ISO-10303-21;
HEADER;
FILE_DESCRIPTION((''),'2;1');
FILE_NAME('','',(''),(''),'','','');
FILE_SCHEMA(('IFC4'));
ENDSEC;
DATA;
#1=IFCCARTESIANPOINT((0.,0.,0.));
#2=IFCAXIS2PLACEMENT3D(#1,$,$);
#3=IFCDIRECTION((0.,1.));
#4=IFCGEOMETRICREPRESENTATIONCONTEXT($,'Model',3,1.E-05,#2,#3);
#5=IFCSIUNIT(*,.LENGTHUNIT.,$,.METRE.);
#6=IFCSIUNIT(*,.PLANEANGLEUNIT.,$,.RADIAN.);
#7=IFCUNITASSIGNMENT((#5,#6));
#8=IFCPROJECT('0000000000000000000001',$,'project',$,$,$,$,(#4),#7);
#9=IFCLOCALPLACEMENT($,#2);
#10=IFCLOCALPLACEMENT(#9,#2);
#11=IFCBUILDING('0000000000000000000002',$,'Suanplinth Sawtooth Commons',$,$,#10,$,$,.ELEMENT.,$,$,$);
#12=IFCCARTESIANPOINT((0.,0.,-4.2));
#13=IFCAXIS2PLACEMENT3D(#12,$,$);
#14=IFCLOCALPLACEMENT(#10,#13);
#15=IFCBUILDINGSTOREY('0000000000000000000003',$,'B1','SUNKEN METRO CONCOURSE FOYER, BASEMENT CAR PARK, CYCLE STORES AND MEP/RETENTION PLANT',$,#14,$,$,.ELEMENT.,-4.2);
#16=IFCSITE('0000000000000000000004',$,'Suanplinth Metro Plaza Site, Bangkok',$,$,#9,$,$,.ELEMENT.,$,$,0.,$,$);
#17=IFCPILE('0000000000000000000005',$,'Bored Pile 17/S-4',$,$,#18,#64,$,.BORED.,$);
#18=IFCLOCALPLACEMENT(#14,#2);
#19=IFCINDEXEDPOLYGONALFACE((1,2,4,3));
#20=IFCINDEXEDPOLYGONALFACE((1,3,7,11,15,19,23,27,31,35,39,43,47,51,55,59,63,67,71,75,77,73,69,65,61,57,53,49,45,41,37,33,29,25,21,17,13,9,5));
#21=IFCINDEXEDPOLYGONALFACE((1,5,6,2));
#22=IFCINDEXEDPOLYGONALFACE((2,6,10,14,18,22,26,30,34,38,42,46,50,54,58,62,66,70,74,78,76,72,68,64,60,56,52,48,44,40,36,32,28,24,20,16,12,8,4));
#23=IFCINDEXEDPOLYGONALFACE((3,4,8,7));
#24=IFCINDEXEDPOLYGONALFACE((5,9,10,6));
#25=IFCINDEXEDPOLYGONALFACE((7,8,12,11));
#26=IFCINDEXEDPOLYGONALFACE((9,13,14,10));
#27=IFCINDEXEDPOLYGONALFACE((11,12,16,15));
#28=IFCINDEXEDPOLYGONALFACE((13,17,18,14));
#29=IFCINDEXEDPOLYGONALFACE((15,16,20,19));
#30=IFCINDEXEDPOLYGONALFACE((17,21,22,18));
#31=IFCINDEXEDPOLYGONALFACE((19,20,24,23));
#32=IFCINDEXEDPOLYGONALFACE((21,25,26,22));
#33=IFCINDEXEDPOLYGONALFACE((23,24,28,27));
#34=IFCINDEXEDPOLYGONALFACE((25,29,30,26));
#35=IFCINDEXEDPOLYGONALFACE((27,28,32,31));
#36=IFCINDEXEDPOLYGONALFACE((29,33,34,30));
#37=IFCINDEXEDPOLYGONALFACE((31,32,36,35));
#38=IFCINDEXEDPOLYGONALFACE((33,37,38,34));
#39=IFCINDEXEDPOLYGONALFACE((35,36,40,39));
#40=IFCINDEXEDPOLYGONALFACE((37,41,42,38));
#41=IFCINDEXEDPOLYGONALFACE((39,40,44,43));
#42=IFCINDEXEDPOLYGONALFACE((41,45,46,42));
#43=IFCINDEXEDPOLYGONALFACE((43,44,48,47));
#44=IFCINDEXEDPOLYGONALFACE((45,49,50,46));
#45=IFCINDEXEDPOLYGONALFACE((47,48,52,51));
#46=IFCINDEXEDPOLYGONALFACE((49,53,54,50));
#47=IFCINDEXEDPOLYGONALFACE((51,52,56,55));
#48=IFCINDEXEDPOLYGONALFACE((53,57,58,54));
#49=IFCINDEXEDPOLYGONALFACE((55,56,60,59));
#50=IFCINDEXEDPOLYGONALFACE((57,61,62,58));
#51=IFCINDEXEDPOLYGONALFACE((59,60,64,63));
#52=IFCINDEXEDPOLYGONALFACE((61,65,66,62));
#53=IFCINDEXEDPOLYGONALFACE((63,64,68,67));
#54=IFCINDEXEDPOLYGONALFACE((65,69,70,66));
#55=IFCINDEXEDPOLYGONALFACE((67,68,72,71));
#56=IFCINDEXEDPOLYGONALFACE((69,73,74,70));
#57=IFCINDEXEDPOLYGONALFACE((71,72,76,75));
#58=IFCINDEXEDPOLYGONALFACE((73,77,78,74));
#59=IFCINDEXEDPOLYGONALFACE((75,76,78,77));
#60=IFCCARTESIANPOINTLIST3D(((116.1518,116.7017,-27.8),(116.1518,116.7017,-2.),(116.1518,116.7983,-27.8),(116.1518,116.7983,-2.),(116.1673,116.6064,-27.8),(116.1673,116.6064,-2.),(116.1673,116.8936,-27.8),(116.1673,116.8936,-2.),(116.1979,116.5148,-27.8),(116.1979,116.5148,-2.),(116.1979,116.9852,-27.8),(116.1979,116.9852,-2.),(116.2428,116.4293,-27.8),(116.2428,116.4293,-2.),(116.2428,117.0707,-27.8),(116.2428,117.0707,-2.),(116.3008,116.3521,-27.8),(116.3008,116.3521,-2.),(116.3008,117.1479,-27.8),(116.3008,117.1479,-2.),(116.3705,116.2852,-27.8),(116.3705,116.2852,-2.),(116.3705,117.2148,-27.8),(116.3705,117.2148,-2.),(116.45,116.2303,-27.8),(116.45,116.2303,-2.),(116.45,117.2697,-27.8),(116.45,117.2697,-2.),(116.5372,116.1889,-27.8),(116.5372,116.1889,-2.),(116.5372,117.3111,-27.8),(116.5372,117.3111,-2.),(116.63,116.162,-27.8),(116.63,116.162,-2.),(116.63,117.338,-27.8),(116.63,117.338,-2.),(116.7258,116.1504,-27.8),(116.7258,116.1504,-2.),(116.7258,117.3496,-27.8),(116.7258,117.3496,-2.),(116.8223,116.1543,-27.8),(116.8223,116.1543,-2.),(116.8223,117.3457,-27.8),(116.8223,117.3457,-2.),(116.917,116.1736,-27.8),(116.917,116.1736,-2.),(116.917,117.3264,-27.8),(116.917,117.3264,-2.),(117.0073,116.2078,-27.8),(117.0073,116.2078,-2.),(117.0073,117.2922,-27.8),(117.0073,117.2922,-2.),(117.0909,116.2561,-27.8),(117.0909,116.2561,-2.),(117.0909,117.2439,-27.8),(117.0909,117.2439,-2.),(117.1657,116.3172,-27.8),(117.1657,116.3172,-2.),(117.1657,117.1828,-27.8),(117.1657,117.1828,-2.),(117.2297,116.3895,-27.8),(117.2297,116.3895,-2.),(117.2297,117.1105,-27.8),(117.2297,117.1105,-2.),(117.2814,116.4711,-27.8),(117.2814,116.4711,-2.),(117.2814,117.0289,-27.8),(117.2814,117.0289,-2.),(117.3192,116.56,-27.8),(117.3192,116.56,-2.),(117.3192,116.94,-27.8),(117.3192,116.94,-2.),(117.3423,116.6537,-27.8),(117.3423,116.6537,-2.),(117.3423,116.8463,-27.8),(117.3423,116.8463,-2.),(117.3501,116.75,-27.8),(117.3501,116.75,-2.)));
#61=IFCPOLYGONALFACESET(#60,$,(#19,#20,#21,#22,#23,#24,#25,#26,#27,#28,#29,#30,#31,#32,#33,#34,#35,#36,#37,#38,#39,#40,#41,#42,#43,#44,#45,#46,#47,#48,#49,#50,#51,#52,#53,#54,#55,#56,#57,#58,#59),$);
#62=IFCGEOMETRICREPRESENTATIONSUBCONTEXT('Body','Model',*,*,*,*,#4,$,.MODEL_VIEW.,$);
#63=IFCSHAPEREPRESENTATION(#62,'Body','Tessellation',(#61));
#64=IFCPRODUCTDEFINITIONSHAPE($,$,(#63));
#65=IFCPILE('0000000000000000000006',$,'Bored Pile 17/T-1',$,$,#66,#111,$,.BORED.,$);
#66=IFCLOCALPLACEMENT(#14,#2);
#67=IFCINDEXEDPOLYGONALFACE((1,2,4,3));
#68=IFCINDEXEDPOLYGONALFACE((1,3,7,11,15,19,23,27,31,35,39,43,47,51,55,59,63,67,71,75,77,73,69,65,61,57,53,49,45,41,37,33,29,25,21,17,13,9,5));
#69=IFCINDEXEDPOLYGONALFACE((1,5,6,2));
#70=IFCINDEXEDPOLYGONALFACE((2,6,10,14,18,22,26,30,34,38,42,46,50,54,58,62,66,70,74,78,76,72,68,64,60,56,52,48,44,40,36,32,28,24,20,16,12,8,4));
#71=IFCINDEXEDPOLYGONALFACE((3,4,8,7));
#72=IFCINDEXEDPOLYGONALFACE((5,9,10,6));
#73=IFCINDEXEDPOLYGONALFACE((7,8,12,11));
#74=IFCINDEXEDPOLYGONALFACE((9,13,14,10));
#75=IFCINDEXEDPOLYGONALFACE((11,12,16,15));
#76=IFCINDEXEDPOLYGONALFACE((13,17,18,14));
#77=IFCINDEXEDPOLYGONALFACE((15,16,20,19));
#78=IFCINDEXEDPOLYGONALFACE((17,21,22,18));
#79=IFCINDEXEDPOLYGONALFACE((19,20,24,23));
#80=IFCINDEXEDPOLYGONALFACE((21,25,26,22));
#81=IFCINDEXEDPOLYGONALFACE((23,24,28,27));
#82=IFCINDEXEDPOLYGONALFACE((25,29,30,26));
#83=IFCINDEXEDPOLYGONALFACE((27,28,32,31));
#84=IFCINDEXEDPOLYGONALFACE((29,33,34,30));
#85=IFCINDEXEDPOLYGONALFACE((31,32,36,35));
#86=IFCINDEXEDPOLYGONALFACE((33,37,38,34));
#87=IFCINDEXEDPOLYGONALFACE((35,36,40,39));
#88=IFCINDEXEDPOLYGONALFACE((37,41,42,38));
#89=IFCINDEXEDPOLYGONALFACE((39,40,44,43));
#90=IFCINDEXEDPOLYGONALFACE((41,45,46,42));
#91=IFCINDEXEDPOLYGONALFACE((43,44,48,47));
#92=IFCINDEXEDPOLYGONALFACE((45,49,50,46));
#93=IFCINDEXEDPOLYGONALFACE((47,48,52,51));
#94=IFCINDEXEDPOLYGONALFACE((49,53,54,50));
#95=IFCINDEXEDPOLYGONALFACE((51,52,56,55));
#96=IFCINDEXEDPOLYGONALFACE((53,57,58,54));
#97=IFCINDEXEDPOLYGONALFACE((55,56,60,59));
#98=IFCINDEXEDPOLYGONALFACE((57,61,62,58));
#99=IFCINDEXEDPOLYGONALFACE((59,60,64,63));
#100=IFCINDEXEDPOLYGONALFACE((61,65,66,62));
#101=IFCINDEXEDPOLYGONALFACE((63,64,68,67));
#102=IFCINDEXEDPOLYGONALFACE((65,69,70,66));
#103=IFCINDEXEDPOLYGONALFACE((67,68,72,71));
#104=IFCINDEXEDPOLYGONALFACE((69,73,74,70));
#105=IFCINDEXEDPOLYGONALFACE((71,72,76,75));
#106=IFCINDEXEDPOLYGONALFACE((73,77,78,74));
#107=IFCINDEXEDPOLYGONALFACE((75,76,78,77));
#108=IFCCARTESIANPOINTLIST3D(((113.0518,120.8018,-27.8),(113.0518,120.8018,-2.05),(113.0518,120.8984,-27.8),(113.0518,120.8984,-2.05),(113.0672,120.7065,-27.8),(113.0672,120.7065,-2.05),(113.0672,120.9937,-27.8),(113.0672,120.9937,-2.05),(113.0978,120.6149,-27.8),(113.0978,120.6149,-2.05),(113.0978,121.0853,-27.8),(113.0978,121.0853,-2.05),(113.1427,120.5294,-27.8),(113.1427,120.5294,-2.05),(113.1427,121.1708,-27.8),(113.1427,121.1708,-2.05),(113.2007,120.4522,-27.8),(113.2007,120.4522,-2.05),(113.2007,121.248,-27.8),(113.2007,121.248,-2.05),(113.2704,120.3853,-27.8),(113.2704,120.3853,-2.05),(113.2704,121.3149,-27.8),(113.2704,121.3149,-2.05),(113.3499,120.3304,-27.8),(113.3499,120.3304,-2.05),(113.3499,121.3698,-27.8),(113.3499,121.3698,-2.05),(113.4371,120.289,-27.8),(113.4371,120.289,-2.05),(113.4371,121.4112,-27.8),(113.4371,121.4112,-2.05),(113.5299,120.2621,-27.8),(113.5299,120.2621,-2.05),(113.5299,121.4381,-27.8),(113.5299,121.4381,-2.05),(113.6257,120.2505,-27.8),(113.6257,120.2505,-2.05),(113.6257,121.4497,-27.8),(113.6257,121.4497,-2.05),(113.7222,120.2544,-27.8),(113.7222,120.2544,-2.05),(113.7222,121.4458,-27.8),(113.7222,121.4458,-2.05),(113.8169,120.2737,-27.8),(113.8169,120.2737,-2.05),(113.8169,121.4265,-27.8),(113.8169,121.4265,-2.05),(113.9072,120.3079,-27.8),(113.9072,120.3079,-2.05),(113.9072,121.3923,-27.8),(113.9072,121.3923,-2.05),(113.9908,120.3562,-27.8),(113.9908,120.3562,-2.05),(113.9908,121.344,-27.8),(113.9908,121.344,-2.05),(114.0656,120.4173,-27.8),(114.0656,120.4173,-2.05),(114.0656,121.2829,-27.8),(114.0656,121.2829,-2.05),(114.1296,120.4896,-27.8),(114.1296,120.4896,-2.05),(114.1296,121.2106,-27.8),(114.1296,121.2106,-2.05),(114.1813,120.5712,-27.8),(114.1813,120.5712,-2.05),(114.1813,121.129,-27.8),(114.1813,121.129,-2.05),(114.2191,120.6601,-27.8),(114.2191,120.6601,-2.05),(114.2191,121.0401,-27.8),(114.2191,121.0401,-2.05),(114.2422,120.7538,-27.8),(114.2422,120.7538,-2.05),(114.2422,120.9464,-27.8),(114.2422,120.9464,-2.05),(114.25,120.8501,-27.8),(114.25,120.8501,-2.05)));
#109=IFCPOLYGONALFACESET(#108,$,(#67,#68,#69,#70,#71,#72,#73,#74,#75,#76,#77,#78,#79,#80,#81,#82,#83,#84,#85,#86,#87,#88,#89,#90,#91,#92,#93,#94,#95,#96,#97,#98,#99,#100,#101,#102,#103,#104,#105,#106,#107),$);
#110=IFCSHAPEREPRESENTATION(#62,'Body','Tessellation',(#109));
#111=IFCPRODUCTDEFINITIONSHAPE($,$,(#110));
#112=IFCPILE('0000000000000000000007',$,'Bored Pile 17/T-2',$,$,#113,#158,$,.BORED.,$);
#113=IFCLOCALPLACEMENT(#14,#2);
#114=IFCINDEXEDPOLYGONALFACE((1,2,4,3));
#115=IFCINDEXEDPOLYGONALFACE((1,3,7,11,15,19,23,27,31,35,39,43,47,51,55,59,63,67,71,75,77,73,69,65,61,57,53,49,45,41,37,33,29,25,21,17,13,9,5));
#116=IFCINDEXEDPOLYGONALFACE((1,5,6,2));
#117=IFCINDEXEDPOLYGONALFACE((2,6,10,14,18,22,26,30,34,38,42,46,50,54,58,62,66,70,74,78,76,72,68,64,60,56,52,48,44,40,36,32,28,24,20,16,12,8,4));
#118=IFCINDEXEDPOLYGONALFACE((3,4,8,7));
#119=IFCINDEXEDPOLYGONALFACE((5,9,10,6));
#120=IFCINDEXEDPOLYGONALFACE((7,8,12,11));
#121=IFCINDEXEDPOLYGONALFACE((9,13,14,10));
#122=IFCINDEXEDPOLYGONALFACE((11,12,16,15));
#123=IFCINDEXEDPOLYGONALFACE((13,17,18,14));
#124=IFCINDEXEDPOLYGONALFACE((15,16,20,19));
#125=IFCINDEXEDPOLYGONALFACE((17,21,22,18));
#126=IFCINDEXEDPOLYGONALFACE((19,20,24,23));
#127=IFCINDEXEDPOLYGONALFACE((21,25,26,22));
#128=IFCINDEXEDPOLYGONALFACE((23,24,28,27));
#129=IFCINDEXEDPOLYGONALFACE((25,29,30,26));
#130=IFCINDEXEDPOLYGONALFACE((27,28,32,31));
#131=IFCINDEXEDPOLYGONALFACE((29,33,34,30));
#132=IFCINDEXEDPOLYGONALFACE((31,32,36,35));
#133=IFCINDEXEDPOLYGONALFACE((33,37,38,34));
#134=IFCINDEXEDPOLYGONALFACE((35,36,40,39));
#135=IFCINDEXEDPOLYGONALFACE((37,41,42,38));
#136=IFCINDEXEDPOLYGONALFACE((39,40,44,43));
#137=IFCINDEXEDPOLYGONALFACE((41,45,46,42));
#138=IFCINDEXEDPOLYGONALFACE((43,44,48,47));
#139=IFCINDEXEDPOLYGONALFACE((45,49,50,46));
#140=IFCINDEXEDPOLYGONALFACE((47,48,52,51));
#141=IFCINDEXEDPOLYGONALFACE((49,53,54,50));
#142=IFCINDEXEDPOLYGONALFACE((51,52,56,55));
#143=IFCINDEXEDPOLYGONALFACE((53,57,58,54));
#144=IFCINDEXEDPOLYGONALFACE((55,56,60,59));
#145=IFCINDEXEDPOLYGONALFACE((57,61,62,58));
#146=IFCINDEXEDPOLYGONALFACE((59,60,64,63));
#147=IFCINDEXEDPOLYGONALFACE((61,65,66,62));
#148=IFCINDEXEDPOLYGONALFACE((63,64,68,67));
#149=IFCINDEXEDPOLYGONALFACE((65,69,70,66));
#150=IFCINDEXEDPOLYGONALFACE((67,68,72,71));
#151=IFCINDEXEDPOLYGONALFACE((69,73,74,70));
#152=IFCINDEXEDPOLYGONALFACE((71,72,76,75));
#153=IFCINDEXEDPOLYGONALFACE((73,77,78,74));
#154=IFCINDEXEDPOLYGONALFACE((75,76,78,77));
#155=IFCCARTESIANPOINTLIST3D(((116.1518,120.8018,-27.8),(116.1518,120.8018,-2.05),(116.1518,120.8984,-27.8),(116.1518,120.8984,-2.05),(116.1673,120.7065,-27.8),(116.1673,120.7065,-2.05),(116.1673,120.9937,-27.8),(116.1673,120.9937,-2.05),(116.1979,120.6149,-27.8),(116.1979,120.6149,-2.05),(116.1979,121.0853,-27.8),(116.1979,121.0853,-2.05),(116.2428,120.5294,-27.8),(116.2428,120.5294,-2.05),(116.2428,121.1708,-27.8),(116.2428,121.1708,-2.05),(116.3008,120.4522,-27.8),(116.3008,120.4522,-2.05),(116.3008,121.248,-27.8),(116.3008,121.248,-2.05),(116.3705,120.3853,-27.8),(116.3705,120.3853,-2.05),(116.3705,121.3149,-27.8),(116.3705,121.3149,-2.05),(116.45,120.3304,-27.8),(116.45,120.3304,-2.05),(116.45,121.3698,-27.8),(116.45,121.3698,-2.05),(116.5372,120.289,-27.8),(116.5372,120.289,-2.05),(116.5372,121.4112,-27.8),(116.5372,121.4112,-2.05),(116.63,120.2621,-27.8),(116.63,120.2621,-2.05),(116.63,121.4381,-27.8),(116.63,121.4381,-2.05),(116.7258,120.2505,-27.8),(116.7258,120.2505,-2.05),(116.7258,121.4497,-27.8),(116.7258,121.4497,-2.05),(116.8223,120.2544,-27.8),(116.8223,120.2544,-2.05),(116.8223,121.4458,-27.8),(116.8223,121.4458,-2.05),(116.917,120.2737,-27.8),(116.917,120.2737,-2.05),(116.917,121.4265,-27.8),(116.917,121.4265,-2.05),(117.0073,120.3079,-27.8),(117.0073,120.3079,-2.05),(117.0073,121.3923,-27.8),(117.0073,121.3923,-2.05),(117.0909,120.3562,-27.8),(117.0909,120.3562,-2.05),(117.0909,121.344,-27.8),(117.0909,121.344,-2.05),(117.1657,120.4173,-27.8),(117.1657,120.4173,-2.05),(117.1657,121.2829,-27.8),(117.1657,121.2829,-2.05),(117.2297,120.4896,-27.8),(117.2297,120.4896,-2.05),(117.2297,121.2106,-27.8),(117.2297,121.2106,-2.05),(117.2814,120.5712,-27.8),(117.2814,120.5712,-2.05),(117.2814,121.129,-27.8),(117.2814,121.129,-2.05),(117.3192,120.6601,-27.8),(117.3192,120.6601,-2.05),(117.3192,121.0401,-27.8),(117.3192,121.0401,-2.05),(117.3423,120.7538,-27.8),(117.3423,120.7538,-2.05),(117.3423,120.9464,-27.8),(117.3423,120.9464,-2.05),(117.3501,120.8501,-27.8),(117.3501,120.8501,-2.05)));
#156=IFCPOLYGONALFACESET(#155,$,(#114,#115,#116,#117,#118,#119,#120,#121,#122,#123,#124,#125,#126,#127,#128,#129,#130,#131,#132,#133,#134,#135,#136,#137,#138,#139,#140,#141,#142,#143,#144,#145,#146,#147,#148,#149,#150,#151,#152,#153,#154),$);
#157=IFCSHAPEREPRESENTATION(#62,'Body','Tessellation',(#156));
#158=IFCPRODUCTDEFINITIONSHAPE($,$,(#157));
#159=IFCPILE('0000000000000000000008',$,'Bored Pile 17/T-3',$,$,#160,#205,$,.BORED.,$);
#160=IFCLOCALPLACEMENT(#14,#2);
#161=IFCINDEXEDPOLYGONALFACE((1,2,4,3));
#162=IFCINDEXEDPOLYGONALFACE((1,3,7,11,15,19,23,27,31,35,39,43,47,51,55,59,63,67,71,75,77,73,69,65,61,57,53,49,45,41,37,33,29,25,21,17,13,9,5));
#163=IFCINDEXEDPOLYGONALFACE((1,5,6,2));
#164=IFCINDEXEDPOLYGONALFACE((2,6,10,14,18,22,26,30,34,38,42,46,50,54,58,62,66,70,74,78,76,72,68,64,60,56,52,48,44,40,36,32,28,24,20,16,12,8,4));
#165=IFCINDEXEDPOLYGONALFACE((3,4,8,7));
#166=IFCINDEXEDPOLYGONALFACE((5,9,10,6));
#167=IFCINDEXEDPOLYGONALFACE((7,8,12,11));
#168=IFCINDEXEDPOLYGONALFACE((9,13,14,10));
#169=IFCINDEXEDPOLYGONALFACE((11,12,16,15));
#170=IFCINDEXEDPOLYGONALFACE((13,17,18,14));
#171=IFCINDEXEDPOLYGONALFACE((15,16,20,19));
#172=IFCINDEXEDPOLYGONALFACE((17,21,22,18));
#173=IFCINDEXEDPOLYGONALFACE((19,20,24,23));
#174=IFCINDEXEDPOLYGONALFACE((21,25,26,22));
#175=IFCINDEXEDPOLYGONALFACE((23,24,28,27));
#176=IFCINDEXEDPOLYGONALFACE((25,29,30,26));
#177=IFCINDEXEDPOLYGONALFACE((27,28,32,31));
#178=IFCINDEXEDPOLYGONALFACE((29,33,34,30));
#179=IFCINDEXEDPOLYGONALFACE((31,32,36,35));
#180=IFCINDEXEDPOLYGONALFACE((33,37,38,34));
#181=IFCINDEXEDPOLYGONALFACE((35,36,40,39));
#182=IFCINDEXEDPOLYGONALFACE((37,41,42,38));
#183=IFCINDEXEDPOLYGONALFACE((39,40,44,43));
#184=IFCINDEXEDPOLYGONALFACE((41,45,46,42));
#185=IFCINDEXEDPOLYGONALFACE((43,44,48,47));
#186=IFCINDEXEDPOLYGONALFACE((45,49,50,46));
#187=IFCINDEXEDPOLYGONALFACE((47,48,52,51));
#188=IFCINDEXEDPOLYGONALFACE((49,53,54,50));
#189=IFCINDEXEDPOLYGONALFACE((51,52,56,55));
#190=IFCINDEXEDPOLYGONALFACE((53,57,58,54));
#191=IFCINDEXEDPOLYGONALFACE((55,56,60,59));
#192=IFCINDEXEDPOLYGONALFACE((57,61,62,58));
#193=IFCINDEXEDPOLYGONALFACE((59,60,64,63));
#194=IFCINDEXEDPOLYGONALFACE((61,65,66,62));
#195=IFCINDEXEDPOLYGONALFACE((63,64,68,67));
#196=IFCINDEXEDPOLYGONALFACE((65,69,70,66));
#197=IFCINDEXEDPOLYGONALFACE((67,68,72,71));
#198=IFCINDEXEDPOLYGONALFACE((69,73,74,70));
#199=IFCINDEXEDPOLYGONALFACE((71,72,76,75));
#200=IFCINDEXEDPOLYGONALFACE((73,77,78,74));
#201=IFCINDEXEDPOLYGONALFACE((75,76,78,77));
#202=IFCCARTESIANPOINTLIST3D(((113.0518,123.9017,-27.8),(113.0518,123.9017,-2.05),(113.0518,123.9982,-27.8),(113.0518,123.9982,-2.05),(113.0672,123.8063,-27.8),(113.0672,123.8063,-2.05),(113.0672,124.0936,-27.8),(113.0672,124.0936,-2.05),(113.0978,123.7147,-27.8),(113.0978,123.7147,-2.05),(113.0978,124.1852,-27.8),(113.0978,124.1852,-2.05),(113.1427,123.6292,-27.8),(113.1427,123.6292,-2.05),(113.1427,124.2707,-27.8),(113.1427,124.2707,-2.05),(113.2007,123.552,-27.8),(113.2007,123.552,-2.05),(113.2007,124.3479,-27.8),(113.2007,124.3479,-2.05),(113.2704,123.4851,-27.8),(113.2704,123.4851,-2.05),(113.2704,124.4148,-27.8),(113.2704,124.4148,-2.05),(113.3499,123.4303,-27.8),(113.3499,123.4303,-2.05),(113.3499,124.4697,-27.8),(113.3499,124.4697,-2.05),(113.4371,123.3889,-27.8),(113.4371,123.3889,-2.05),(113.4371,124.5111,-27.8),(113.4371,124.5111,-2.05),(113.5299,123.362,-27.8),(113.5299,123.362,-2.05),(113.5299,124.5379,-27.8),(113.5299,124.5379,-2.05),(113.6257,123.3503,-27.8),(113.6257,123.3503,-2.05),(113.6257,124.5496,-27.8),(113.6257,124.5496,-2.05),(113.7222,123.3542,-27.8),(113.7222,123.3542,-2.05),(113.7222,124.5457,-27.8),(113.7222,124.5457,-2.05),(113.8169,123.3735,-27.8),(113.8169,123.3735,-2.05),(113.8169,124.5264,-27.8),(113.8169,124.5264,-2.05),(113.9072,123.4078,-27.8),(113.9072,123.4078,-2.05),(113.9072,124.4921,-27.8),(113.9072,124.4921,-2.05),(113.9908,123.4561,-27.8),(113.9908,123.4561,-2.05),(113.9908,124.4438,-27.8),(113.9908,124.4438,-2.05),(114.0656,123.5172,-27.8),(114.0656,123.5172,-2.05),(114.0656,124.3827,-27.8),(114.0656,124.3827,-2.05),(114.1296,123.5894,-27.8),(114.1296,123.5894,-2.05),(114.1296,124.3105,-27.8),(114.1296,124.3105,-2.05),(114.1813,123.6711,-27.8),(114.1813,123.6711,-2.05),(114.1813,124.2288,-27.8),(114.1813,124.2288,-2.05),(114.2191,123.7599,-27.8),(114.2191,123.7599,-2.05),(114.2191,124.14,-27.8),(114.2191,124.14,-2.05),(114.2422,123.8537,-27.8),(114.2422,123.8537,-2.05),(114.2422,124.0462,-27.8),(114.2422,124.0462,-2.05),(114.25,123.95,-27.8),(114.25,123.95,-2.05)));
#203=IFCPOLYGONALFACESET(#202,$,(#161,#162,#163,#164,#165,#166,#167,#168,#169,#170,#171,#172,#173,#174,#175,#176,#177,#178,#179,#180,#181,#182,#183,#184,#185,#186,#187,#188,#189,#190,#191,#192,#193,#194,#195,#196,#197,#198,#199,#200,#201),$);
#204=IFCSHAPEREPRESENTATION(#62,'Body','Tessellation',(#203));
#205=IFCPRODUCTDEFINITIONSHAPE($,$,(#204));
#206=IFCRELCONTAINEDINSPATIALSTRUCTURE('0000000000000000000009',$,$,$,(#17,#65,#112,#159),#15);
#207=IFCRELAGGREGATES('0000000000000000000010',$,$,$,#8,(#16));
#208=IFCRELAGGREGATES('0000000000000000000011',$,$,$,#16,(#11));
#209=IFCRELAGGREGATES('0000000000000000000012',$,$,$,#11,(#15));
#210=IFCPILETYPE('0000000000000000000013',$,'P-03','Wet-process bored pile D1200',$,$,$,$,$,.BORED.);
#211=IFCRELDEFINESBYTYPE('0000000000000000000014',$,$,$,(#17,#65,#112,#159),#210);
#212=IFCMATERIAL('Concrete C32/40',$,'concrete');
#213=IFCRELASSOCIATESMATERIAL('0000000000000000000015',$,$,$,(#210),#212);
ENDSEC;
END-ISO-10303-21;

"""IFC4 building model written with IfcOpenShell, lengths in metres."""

from ifc_helpers import new_model, si_unit, direction, frame, origin, origin_2d, place, context, subcontext, project, spatial, circle, extrude, material, material_profile, profile_set, type_object, element, save


model = new_model("IFC4")

# Units and contexts
model_context = context("Model", 3, precision=1e-05, world=origin(), true_north=direction((0.0, 1.0)))
body_context = subcontext(model_context, "Body", "Model", "MODEL_VIEW")
ifc_project = project(units=[si_unit("LENGTHUNIT", "METRE"), si_unit("PLANEANGLEUNIT", "RADIAN")], contexts=[model_context])

# Site, building, storey
site_placement = place(None, origin())
site = spatial("IfcSite", under=ifc_project, at=site_placement, Name="Suanplinth Metro Plaza Site, Bangkok", CompositionType="ELEMENT", RefElevation=0.0)
building_placement = place(site_placement, origin())
building = spatial("IfcBuilding", under=site, at=building_placement, Name="Suanplinth Sawtooth Commons", CompositionType="ELEMENT")
storey_placement = place(building_placement, frame((0.0, 0.0, -4.2)))
storey = spatial("IfcBuildingStorey", under=building, at=storey_placement, Name="B1", Description="SUNKEN METRO CONCOURSE FOYER, BASEMENT CAR PARK, CYCLE STORES AND MEP/RETENTION PLANT", CompositionType="ELEMENT", Elevation=-4.2)

# Piles
ifc_material_1 = material(Name="Concrete C32/40", Category="concrete")
ifc_material_profile_1 = material_profile(ifc_material_1, circle(Radius=0.6001, at=origin_2d()), Name="PILE D1200")
ifc_profile_set_1 = profile_set([ifc_material_profile_1], Name="Concrete C32/40")
pile_type = type_object("IfcPileType", Name="P-03", Description="Wet-process bored pile D1200", PredefinedType="BORED", material=ifc_profile_set_1)
for number, where, z_axis, x_axis, name in (
    (1, (116.75, 116.75, -2.0), (0.0, 0.0, -1.0), (1.0, 0.0, 0.0), "Bored Pile 17/S-4"),
):
    element("IfcPile", number, at=place(storey_placement, frame(where, z_axis=z_axis, x_axis=x_axis)), inside=storey, type_object=pile_type, Name=name, PredefinedType="BORED", context=body_context, shape_type="SweptSolid", body=[
        extrude(circle(Radius=0.6001, at=origin_2d()), origin(), (0.0, 0.0, 1.0), 25.8),
    ])
for number, where, z_axis, x_axis, name in (
    (2, (113.6499, 120.8501, -2.05), (0.0, 0.0, -1.0), (1.0, 0.0, 0.0), "Bored Pile 17/T-1"),
    (3, (116.75, 120.8501, -2.05), (0.0, 0.0, -1.0), (1.0, 0.0, 0.0), "Bored Pile 17/T-2"),
    (4, (113.6499, 123.95, -2.05), (0.0, 0.0, -1.0), (1.0, 0.0, 0.0), "Bored Pile 17/T-3"),
):
    element("IfcPile", number, at=place(storey_placement, frame(where, z_axis=z_axis, x_axis=x_axis)), inside=storey, type_object=pile_type, Name=name, PredefinedType="BORED", context=body_context, shape_type="SweptSolid", body=[
        extrude(circle(Radius=0.6001, at=origin_2d()), origin(), (0.0, 0.0, 1.0), 25.75),
    ])

save(model, "model.ifc")
